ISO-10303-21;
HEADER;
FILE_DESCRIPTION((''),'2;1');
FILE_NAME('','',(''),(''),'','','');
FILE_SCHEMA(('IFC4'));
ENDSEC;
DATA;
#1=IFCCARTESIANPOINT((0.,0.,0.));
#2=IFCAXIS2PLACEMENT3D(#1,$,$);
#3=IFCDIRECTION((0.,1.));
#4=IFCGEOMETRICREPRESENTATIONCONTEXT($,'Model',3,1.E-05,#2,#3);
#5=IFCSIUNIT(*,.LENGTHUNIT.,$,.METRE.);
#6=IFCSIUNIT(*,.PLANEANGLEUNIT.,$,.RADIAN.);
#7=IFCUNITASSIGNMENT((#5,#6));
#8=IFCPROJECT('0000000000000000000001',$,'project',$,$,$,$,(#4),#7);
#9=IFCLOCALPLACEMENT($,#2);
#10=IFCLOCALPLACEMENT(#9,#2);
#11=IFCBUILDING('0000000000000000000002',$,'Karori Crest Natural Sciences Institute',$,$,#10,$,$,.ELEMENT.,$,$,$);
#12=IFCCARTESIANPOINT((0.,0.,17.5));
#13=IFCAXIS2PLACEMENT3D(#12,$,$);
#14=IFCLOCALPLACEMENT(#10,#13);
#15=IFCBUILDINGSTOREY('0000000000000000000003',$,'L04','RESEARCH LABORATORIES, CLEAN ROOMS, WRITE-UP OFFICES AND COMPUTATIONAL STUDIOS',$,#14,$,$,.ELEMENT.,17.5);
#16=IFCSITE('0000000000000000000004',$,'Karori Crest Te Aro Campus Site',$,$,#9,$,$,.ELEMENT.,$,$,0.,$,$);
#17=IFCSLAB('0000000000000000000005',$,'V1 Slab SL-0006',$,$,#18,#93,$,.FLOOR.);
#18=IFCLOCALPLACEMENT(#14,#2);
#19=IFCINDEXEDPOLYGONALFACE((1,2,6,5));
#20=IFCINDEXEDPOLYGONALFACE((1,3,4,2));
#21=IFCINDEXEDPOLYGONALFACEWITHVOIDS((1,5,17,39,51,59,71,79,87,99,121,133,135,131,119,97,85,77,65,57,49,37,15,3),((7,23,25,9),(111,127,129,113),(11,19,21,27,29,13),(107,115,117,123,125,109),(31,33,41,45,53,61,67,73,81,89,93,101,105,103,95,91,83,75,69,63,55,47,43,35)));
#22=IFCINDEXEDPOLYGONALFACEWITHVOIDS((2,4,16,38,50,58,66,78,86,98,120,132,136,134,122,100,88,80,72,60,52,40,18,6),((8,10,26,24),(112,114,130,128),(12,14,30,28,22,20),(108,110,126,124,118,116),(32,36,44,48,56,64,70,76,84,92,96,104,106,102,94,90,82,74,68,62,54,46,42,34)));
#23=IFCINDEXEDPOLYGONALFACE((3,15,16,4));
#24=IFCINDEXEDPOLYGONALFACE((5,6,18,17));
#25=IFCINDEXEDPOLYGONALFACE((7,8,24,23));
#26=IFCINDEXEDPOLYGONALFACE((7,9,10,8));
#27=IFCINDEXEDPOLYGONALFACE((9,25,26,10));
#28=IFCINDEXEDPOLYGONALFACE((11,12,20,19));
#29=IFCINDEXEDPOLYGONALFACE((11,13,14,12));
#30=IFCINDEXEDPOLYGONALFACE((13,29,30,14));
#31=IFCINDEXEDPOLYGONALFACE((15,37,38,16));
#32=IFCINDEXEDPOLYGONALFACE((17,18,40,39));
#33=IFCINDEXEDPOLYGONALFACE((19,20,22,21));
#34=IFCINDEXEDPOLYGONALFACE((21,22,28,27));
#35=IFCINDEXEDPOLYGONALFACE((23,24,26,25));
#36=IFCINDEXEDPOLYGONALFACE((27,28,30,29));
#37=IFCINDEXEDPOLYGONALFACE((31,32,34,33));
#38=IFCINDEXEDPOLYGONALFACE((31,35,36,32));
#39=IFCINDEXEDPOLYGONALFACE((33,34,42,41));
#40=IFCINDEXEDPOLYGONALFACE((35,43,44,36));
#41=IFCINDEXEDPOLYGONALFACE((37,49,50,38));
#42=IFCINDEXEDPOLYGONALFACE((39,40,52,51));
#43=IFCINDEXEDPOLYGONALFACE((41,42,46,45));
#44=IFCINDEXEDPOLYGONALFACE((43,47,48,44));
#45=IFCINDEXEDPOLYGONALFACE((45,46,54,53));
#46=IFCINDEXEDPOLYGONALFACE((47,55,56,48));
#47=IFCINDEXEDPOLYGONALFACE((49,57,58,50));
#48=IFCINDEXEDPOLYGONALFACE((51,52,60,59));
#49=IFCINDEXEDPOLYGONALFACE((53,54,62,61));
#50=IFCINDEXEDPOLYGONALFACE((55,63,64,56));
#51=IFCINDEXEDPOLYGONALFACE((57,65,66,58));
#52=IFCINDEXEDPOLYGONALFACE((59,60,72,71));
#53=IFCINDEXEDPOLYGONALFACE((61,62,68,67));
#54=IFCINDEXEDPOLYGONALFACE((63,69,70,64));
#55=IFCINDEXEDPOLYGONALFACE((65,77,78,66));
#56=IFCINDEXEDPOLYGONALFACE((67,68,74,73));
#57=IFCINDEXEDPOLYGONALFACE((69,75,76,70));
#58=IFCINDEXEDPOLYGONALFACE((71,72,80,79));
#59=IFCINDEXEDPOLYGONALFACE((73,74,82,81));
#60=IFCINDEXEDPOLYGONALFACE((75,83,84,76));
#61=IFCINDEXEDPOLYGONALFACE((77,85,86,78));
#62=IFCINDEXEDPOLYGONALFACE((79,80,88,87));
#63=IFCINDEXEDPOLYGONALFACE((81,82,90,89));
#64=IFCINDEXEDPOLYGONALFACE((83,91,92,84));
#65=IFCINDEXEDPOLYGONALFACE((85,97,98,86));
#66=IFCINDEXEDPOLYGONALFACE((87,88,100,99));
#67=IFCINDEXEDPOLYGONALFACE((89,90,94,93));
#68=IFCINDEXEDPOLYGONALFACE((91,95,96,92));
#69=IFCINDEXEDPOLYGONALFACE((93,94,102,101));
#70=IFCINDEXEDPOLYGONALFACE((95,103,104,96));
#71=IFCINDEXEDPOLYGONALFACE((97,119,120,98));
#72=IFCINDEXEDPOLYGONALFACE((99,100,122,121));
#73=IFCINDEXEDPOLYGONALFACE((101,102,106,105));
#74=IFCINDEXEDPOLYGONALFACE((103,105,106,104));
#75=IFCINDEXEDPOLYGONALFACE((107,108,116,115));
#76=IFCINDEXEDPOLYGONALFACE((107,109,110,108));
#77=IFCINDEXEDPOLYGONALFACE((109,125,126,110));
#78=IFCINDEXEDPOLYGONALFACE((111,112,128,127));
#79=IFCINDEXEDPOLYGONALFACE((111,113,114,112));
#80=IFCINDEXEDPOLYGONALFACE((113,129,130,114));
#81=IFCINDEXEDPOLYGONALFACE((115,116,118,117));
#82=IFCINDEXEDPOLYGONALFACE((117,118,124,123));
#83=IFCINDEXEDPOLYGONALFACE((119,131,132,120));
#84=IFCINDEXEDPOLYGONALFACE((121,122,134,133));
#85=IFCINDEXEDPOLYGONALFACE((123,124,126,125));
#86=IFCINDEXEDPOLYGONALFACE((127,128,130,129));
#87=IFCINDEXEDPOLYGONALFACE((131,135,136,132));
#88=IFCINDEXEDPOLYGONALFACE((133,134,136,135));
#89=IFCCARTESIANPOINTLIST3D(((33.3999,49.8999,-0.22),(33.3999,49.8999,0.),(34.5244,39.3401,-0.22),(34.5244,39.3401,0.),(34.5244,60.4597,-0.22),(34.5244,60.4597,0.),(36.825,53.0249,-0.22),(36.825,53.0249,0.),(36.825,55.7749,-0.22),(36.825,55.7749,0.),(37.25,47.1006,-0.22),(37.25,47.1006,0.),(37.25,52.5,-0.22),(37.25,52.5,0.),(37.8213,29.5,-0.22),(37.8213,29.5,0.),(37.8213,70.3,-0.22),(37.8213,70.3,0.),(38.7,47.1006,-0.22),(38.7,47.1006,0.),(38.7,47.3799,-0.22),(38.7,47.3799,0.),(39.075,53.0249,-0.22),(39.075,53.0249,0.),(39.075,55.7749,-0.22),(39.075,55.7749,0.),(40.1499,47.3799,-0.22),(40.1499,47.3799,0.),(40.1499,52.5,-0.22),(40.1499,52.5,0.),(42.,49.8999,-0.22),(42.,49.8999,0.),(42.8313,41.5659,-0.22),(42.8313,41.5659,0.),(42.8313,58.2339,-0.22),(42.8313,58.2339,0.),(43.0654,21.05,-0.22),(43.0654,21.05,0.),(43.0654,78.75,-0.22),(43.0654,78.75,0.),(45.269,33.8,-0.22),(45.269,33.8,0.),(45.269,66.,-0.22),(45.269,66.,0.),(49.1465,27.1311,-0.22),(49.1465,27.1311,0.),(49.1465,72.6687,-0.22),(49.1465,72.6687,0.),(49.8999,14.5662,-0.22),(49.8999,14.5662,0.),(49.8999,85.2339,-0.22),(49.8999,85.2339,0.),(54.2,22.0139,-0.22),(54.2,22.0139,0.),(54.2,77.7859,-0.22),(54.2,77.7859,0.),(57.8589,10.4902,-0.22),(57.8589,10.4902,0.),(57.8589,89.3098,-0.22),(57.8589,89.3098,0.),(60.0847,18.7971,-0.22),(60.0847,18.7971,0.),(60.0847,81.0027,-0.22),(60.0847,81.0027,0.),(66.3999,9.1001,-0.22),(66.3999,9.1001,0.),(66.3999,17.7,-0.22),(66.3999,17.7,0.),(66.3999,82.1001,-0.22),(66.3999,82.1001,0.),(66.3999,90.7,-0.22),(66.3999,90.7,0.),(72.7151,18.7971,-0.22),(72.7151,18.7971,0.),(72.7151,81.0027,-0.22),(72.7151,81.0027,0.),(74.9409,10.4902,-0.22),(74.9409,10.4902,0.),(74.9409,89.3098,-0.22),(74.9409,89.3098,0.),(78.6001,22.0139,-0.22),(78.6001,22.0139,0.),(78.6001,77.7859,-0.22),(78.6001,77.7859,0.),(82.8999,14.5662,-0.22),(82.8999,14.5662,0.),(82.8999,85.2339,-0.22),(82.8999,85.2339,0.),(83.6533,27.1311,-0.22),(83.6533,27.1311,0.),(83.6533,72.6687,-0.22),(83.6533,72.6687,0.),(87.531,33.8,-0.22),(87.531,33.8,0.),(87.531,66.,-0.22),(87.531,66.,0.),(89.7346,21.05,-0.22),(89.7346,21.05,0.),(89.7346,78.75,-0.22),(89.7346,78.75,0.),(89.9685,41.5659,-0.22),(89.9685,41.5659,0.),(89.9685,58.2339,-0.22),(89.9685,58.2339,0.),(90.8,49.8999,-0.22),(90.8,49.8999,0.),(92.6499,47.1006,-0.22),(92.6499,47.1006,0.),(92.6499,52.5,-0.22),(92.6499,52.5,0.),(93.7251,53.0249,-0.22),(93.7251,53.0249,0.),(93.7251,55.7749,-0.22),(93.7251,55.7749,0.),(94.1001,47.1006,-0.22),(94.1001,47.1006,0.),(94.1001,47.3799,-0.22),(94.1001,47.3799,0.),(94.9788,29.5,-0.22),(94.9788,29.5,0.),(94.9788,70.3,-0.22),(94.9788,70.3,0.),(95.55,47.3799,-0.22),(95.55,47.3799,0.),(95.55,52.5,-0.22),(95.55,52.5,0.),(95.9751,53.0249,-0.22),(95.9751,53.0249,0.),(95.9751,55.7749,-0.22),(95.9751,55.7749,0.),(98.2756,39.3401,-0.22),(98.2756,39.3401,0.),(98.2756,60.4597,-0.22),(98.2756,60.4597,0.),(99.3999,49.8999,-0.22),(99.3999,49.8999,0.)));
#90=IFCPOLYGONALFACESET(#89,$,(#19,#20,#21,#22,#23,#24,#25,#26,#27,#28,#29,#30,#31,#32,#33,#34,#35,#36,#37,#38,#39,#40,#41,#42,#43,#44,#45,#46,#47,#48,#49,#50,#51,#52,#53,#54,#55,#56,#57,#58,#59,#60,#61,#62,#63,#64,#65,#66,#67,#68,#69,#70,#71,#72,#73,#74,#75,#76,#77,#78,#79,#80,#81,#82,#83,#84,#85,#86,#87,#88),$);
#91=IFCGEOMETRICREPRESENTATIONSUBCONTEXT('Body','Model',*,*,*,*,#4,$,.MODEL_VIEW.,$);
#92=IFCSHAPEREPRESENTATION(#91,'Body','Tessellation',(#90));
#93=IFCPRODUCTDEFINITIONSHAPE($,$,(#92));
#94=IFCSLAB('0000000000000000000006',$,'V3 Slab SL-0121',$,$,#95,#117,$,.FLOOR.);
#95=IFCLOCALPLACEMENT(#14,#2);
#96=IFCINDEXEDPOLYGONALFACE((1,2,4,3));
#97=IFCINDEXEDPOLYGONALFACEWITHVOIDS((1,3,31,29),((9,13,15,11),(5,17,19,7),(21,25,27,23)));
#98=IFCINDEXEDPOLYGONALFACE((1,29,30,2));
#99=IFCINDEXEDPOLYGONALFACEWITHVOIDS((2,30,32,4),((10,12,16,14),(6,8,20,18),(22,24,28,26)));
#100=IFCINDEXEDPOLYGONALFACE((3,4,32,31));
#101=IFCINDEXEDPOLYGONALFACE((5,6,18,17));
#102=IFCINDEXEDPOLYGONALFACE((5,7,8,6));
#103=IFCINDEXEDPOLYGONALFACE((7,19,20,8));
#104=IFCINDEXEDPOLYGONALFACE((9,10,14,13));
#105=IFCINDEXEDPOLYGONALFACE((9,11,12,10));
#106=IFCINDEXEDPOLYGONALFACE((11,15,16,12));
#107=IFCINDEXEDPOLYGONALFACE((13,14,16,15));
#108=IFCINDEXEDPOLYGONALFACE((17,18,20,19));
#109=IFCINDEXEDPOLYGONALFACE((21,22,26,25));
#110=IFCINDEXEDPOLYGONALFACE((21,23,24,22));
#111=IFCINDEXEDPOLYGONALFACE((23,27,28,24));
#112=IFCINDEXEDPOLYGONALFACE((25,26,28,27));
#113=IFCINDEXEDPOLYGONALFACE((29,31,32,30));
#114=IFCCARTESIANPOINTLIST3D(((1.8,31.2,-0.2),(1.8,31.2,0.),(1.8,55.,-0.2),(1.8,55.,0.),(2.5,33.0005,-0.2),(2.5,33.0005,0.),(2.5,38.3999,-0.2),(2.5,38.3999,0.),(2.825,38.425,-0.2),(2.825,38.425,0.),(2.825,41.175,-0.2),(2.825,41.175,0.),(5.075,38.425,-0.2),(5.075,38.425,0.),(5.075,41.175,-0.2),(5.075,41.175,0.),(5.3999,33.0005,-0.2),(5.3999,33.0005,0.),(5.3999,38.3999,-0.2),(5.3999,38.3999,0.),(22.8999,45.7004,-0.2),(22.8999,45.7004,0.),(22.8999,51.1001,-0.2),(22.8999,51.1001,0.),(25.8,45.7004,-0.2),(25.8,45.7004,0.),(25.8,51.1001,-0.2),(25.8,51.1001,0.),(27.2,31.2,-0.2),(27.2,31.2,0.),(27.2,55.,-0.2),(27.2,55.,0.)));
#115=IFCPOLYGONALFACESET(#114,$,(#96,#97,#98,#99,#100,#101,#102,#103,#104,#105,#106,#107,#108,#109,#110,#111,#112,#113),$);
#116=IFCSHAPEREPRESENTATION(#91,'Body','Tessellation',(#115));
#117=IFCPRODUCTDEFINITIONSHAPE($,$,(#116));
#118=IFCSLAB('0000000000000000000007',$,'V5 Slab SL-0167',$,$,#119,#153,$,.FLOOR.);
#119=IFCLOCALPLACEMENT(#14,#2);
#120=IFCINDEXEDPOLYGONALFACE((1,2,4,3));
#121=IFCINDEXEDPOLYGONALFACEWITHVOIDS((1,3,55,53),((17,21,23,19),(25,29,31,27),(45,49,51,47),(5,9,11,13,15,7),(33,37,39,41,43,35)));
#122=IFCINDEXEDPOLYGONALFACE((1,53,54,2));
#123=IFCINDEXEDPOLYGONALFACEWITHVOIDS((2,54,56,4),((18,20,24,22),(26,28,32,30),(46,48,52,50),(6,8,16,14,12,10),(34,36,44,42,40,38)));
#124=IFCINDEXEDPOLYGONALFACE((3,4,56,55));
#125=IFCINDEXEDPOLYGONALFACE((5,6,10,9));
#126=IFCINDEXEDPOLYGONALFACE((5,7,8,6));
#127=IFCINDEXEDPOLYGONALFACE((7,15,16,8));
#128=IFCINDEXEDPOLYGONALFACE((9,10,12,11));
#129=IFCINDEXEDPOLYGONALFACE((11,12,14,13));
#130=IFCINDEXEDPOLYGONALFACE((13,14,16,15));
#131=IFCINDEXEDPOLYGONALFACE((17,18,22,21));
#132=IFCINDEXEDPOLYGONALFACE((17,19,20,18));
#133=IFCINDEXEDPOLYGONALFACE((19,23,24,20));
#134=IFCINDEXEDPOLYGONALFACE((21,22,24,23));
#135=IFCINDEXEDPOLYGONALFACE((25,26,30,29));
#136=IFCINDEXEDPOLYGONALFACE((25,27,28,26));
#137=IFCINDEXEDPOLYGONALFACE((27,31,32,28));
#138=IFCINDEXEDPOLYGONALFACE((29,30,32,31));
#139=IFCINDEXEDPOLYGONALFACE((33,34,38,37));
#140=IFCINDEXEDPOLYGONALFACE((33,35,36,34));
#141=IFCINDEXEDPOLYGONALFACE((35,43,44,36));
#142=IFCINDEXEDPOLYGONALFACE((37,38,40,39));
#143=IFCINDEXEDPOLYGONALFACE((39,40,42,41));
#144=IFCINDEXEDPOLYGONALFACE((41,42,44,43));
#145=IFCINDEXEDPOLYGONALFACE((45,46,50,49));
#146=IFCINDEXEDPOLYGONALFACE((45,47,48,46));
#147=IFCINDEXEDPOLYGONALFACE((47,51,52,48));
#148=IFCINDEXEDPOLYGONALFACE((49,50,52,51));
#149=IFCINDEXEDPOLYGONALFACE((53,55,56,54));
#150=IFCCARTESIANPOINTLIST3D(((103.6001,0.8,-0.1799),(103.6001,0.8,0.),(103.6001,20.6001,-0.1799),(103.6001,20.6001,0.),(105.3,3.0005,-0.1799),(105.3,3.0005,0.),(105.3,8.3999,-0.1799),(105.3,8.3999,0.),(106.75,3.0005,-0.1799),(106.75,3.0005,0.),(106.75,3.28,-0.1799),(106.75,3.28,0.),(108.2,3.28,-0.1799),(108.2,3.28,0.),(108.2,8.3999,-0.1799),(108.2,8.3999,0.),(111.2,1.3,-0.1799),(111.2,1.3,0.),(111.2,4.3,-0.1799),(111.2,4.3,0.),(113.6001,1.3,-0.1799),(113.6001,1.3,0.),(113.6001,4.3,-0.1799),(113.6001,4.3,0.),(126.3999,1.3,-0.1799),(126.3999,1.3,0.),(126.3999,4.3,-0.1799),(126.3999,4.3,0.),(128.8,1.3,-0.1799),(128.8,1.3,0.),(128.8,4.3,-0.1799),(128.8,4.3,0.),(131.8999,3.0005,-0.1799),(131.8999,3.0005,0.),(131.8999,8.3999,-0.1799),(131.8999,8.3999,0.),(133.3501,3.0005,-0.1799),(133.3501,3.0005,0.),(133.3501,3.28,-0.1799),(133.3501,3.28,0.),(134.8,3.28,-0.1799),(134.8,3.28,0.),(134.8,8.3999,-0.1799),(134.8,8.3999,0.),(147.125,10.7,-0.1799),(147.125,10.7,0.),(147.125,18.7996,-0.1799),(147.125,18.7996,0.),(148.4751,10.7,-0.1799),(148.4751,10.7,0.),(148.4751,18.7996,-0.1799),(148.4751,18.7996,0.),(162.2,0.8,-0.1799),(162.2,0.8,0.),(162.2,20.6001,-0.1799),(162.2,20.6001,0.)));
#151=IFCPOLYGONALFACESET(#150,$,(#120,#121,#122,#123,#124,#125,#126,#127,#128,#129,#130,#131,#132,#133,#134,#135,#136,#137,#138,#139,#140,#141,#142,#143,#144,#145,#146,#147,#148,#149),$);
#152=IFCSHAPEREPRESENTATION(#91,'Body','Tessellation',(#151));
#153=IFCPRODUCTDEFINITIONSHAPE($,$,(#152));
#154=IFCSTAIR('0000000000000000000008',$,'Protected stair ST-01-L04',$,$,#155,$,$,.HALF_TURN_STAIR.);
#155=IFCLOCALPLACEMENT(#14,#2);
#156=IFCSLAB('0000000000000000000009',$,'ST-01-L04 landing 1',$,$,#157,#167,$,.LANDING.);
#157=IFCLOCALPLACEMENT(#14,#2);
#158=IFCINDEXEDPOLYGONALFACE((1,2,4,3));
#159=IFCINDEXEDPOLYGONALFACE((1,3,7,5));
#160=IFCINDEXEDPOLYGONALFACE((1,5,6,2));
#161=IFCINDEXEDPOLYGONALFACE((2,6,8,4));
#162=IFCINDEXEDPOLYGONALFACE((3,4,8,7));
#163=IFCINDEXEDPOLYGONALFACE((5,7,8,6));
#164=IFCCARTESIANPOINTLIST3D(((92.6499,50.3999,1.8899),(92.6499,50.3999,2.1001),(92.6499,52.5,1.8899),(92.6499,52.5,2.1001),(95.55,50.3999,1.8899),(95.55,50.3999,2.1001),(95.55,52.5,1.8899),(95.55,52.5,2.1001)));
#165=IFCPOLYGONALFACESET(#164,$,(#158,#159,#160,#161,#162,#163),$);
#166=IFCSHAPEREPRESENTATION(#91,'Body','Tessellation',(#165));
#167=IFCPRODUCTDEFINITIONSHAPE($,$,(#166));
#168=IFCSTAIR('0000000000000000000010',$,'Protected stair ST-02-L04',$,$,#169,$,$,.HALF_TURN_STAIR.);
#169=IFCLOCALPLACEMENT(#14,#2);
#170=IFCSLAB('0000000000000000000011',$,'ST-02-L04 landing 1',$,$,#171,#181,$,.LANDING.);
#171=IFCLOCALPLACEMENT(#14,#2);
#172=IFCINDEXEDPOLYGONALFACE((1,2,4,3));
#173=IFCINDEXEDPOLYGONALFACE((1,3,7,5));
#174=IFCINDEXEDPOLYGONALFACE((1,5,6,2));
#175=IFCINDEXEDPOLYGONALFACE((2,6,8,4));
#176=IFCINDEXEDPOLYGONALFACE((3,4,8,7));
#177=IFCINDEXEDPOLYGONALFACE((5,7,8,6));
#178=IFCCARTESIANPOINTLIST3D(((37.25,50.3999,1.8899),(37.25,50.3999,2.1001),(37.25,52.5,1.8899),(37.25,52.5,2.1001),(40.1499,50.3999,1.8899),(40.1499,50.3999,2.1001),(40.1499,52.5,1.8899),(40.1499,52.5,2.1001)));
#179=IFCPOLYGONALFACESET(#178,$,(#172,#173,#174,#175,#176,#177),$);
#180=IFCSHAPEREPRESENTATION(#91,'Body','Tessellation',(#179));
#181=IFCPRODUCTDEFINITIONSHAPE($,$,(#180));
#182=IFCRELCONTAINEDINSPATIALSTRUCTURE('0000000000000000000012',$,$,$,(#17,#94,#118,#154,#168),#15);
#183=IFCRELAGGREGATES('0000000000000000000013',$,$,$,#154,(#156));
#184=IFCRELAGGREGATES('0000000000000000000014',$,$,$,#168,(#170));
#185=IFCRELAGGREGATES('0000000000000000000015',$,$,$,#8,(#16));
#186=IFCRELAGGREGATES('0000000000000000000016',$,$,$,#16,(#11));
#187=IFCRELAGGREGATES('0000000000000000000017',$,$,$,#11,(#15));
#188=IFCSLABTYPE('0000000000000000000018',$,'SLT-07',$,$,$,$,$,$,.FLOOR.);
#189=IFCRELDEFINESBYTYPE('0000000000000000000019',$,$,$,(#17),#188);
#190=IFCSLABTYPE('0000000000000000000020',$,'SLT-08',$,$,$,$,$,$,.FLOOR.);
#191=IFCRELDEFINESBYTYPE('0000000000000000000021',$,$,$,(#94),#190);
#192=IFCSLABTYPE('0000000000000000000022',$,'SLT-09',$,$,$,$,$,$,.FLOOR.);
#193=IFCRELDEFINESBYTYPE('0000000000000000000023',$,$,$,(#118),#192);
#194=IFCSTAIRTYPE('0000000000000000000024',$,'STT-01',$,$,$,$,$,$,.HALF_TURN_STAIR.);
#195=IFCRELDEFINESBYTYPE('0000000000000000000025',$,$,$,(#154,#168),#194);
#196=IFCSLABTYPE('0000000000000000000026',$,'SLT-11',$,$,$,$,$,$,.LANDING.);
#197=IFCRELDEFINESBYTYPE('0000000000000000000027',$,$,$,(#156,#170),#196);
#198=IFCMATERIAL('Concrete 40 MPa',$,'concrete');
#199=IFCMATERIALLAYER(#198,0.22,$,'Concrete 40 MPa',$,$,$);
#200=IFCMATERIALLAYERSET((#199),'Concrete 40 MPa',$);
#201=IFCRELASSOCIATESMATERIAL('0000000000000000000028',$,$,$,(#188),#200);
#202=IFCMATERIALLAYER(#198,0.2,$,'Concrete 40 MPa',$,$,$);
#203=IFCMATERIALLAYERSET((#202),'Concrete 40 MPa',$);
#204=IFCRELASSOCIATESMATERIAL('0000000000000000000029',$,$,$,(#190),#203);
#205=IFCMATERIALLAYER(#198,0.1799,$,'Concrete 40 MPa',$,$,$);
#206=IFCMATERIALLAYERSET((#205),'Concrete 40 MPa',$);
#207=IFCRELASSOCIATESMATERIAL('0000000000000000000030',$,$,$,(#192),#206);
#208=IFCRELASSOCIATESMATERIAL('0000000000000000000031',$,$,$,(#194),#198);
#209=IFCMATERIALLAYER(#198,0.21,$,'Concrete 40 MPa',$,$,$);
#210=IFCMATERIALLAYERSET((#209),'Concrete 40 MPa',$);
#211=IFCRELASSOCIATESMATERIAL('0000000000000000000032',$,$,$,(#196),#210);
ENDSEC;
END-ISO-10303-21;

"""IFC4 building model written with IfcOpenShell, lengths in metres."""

from ifc_helpers import new_model, si_unit, direction, frame, origin, place, context, subcontext, project, spatial, polyline, outline, extrude, material, layer, layer_set, type_object, element, aggregate, save


model = new_model("IFC4")

# Units and contexts
model_context = context("Model", 3, precision=1e-05, world=origin(), true_north=direction((0.0, 1.0)))
body_context = subcontext(model_context, "Body", "Model", "MODEL_VIEW")
ifc_project = project(units=[si_unit("LENGTHUNIT", "METRE"), si_unit("PLANEANGLEUNIT", "RADIAN")], contexts=[model_context])

# Site, building, storey
site_placement = place(None, origin())
site = spatial("IfcSite", under=ifc_project, at=site_placement, Name="Karori Crest Te Aro Campus Site", CompositionType="ELEMENT", RefElevation=0.0)
building_placement = place(site_placement, origin())
building = spatial("IfcBuilding", under=site, at=building_placement, Name="Karori Crest Natural Sciences Institute", CompositionType="ELEMENT")
storey_placement = place(building_placement, frame((0.0, 0.0, 17.5)))
storey = spatial("IfcBuildingStorey", under=building, at=storey_placement, Name="L04", Description="RESEARCH LABORATORIES, CLEAN ROOMS, WRITE-UP OFFICES AND COMPUTATIONAL STUDIOS", CompositionType="ELEMENT", Elevation=17.5)

# Slabs
ifc_material_1 = material(Name="Concrete 40 MPa", Category="concrete")
ifc_layer_1 = layer(ifc_material_1, 0.22, Name="Concrete 40 MPa")
ifc_layer_set_1 = layer_set([ifc_layer_1], Name="Concrete 40 MPa")
slab_type_1 = type_object("IfcSlabType", Name="SLT-07", PredefinedType="FLOOR", material=ifc_layer_set_1)
slab_1_placement = place(storey_placement, frame((0.0, 0.0, -0.22)))
element("IfcSlab", 1, at=slab_1_placement, inside=storey, type_object=slab_type_1, Name="V1 Slab SL-0006", PredefinedType="FLOOR", context=body_context, shape_type="SweptSolid", body=[
    extrude(outline(polyline([(99.3999, 49.8999), (98.2756, 60.4597), (94.9788, 70.3), (89.7346, 78.75), (82.8999, 85.2339), (74.9409, 89.3098), (66.3999, 90.7), (57.8589, 89.3098), (49.8999, 85.2339), (43.0654, 78.75), (37.8213, 70.3), (34.5244, 60.4597), (33.3999, 49.8999), (34.5244, 39.3401), (37.8213, 29.5), (43.0654, 21.05), (49.8999, 14.5662), (57.8589, 10.4902), (66.3999, 9.1001), (74.9409, 10.4902), (82.8999, 14.5662), (89.7346, 21.05), (94.9788, 29.5), (98.2756, 39.3401), (99.3999, 49.8999)]), holes=[polyline([(89.9685, 41.5659), (87.531, 33.8), (83.6533, 27.1311), (78.6001, 22.0139), (72.7151, 18.7971), (66.3999, 17.7), (60.0847, 18.7971), (54.2, 22.0139), (49.1465, 27.1311), (45.269, 33.8), (42.8313, 41.5659), (42.0, 49.8999), (42.8313, 58.2339), (45.269, 66.0), (49.1465, 72.6687), (54.2, 77.7859), (60.0847, 81.0027), (66.3999, 82.1001), (72.7151, 81.0027), (78.6001, 77.7859), (83.6533, 72.6687), (87.531, 66.0), (89.9685, 58.2339), (90.8, 49.8999), (89.9685, 41.5659)]), polyline([(95.55, 47.3799), (94.1001, 47.3799), (94.1001, 47.1006), (92.6499, 47.1006), (92.6499, 52.5), (95.55, 52.5), (95.55, 47.3799)]), polyline([(40.1499, 47.3799), (38.7, 47.3799), (38.7, 47.1006), (37.25, 47.1006), (37.25, 52.5), (40.1499, 52.5), (40.1499, 47.3799)]), polyline([(93.7251, 55.7749), (95.9751, 55.7749), (95.9751, 53.0249), (93.7251, 53.0249), (93.7251, 55.7749)]), polyline([(36.825, 55.7749), (39.075, 55.7749), (39.075, 53.0249), (36.825, 53.0249), (36.825, 55.7749)])]), origin(), (0.0, 0.0, 1.0), 0.22),
])
ifc_layer_2 = layer(ifc_material_1, 0.2, Name="Concrete 40 MPa")
ifc_layer_set_2 = layer_set([ifc_layer_2], Name="Concrete 40 MPa")
slab_type_2 = type_object("IfcSlabType", Name="SLT-08", PredefinedType="FLOOR", material=ifc_layer_set_2)
slab_2_placement = place(storey_placement, frame((0.0, 0.0, -0.2)))
element("IfcSlab", 2, at=slab_2_placement, inside=storey, type_object=slab_type_2, Name="V3 Slab SL-0121", PredefinedType="FLOOR", context=body_context, shape_type="SweptSolid", body=[
    extrude(outline(polyline([(1.8, 31.2), (27.2, 31.2), (27.2, 55.0), (1.8, 55.0), (1.8, 31.2)]), holes=[polyline([(5.3999, 33.0005), (2.5, 33.0005), (2.5, 38.3999), (5.3999, 38.3999), (5.3999, 33.0005)]), polyline([(25.8, 45.7004), (22.8999, 45.7004), (22.8999, 51.1001), (25.8, 51.1001), (25.8, 45.7004)]), polyline([(2.825, 41.175), (5.075, 41.175), (5.075, 38.425), (2.825, 38.425), (2.825, 41.175)])]), origin(), (0.0, 0.0, 1.0), 0.2),
])
ifc_layer_3 = layer(ifc_material_1, 0.1799, Name="Concrete 40 MPa")
ifc_layer_set_3 = layer_set([ifc_layer_3], Name="Concrete 40 MPa")
slab_type_3 = type_object("IfcSlabType", Name="SLT-09", PredefinedType="FLOOR", material=ifc_layer_set_3)
slab_3_placement = place(storey_placement, frame((0.0, 0.0, -0.1799)))
element("IfcSlab", 3, at=slab_3_placement, inside=storey, type_object=slab_type_3, Name="V5 Slab SL-0167", PredefinedType="FLOOR", context=body_context, shape_type="SweptSolid", body=[
    extrude(outline(polyline([(103.6001, 0.8), (162.2, 0.8), (162.2, 20.6001), (103.6001, 20.6001), (103.6001, 0.8)]), holes=[polyline([(108.2, 3.28), (106.75, 3.28), (106.75, 3.0005), (105.3, 3.0005), (105.3, 8.3999), (108.2, 8.3999), (108.2, 3.28)]), polyline([(134.8, 3.28), (133.3501, 3.28), (133.3501, 3.0005), (131.8999, 3.0005), (131.8999, 8.3999), (134.8, 8.3999), (134.8, 3.28)]), polyline([(147.125, 18.7996), (148.4751, 18.7996), (148.4751, 10.7), (147.125, 10.7), (147.125, 18.7996)]), polyline([(111.2, 4.3), (113.6001, 4.3), (113.6001, 1.3), (111.2, 1.3), (111.2, 4.3)]), polyline([(126.3999, 4.3), (128.8, 4.3), (128.8, 1.3), (126.3999, 1.3), (126.3999, 4.3)])]), origin(), (0.0, 0.0, 1.0), 0.1799),
])

# Stairs, slabs
stair_type = type_object("IfcStairType", Name="STT-01", PredefinedType="HALF_TURN_STAIR", material=ifc_material_1)
stair_1_placement = place(storey_placement, origin())
stair_1 = element("IfcStair", 4, at=stair_1_placement, inside=storey, type_object=stair_type, Name="Protected stair ST-01-L04", PredefinedType="HALF_TURN_STAIR")
ifc_layer_4 = layer(ifc_material_1, 0.21, Name="Concrete 40 MPa")
ifc_layer_set_4 = layer_set([ifc_layer_4], Name="Concrete 40 MPa")
slab_type_4 = type_object("IfcSlabType", Name="SLT-11", PredefinedType="LANDING", material=ifc_layer_set_4)
slab_4_placement = place(storey_placement, frame((0.0, 0.0, 1.8899)))
slab_4 = element("IfcSlab", 5, at=slab_4_placement, type_object=slab_type_4, Name="ST-01-L04 landing 1", PredefinedType="LANDING", context=body_context, shape_type="SweptSolid", body=[
    extrude(outline(polyline([(95.55, 50.3999), (95.55, 52.5), (92.6499, 52.5), (92.6499, 50.3999), (95.55, 50.3999)])), origin(), (0.0, 0.0, 1.0), 0.2102),
])
aggregate(stair_1, [slab_4])
stair_2_placement = place(storey_placement, origin())
stair_2 = element("IfcStair", 6, at=stair_2_placement, inside=storey, type_object=stair_type, Name="Protected stair ST-02-L04", PredefinedType="HALF_TURN_STAIR")
slab_5_placement = place(storey_placement, frame((0.0, 0.0, 1.8899)))
slab_5 = element("IfcSlab", 7, at=slab_5_placement, type_object=slab_type_4, Name="ST-02-L04 landing 1", PredefinedType="LANDING", context=body_context, shape_type="SweptSolid", body=[
    extrude(outline(polyline([(40.1499, 50.3999), (40.1499, 52.5), (37.25, 52.5), (37.25, 50.3999), (40.1499, 50.3999)])), origin(), (0.0, 0.0, 1.0), 0.2102),
])
aggregate(stair_2, [slab_5])

save(model, "model.ifc")
